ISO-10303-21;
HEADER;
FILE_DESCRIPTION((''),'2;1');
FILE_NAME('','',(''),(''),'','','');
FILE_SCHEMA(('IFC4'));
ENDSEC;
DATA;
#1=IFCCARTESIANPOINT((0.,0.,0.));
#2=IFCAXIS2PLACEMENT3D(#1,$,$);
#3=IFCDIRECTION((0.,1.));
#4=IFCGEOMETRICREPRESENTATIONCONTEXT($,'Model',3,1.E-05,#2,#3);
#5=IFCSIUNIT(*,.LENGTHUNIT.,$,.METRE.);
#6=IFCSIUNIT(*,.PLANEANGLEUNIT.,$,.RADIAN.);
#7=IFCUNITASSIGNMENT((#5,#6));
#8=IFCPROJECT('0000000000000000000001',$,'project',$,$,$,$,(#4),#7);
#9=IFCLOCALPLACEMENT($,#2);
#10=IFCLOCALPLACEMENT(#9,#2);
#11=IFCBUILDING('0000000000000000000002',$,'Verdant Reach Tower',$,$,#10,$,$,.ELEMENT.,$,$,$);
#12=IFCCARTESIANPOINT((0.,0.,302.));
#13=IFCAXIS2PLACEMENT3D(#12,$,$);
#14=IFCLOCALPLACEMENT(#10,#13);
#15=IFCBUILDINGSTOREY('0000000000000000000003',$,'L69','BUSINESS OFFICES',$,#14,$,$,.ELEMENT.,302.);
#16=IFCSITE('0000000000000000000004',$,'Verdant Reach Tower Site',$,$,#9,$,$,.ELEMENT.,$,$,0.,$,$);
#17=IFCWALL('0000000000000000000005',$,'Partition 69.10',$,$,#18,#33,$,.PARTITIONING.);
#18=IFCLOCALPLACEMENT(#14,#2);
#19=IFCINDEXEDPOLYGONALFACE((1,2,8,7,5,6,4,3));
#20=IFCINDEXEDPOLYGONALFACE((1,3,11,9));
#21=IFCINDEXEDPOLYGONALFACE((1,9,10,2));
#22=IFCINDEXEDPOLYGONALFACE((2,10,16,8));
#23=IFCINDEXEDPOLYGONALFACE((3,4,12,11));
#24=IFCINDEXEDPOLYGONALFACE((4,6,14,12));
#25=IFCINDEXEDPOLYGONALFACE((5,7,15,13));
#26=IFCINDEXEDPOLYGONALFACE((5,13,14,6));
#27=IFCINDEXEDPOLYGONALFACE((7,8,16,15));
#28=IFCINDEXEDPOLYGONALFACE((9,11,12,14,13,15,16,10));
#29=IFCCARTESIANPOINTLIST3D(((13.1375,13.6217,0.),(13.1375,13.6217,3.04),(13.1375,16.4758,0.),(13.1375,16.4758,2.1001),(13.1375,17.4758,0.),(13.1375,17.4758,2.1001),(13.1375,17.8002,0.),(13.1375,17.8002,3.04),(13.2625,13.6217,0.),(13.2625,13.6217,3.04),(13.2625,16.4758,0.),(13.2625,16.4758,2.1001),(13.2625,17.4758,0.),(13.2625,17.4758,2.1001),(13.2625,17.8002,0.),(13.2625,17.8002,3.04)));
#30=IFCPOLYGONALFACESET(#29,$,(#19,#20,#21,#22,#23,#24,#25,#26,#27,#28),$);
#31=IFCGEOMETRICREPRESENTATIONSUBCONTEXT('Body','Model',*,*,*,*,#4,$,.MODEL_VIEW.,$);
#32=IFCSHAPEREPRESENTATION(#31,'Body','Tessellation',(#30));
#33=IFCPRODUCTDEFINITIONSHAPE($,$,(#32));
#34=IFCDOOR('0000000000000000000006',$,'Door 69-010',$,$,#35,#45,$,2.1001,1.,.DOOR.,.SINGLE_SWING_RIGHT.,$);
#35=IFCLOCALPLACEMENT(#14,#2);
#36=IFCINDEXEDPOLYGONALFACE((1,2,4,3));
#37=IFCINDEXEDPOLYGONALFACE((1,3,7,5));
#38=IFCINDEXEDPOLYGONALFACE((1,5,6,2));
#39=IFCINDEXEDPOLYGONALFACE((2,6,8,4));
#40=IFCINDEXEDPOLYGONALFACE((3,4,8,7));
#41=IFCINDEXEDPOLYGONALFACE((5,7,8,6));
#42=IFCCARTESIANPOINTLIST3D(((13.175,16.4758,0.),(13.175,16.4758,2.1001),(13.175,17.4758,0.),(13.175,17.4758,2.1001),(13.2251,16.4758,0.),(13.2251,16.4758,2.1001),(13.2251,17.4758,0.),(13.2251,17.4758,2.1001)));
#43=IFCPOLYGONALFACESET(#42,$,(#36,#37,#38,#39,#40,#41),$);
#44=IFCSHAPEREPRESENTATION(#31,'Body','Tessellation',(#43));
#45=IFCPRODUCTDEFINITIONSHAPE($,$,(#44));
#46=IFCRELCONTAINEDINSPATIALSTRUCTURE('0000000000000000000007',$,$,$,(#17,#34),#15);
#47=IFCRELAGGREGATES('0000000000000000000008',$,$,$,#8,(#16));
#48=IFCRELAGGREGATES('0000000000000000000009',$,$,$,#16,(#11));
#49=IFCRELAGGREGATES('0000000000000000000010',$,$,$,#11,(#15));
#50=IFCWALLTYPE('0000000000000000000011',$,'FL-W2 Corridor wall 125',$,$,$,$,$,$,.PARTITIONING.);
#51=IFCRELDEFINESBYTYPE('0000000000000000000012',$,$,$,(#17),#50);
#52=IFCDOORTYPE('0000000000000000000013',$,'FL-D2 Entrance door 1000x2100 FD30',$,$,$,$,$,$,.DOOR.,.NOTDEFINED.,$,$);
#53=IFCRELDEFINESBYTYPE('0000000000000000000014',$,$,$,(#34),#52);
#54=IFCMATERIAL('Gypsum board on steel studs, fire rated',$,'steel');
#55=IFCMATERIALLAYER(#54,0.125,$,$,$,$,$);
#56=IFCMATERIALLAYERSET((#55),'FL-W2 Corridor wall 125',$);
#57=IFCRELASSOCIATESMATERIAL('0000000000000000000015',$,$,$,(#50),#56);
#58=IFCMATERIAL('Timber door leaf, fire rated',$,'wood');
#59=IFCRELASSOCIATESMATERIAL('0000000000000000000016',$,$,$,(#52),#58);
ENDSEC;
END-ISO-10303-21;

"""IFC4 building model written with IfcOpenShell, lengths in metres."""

from ifc_helpers import new_model, si_unit, direction, frame, frame_2d, origin, place, context, subcontext, project, spatial, rectangle, extrude, material, layer, layer_set, type_object, element, fill, save


model = new_model("IFC4")

# Units and contexts
model_context = context("Model", 3, precision=1e-05, world=origin(), true_north=direction((0.0, 1.0)))
body_context = subcontext(model_context, "Body", "Model", "MODEL_VIEW")
ifc_project = project(units=[si_unit("LENGTHUNIT", "METRE"), si_unit("PLANEANGLEUNIT", "RADIAN")], contexts=[model_context])

# Site, building, storey
site_placement = place(None, origin())
site = spatial("IfcSite", under=ifc_project, at=site_placement, Name="Verdant Reach Tower Site", CompositionType="ELEMENT", RefElevation=0.0)
building_placement = place(site_placement, origin())
building = spatial("IfcBuilding", under=site, at=building_placement, Name="Verdant Reach Tower", CompositionType="ELEMENT")
storey_placement = place(building_placement, frame((0.0, 0.0, 302.0)))
storey = spatial("IfcBuildingStorey", under=building, at=storey_placement, Name="L69", Description="BUSINESS OFFICES", CompositionType="ELEMENT", Elevation=302.0)

# Wall, opening, door
ifc_material_1 = material(Name="Gypsum board on steel studs, fire rated", Category="steel")
ifc_layer_1 = layer(ifc_material_1, 0.125)
ifc_layer_set_1 = layer_set([ifc_layer_1], Name="FL-W2 Corridor wall 125")
wall_type_1 = type_object("IfcWallType", Name="FL-W2 Corridor wall 125", PredefinedType="PARTITIONING", material=ifc_layer_set_1)
wall_1_placement = place(storey_placement, frame((13.2, 13.6216, 0.0), z_axis=(0.0, 0.0, 1.0), x_axis=(0.0, 1.0, 0.0)))
wall_1 = element("IfcWall", 1, at=wall_1_placement, inside=storey, type_object=wall_type_1, Name="Partition 69.10", PredefinedType="PARTITIONING", context=body_context, shape_type="SweptSolid", body=[
    extrude(rectangle(XDim=4.1785, YDim=0.125, at=frame_2d((2.0894, 0.0))), origin(), (0.0, 0.0, 1.0), 3.04),
])
opening_1_placement = place(wall_1_placement, frame((2.8542, 0.0, 0.0)))
opening_1 = element("IfcOpeningElement", 2, at=opening_1_placement, cuts=wall_1, PredefinedType="OPENING", context=body_context, shape_type="SweptSolid", body=[
    extrude(rectangle(XDim=1.0, YDim=2.1001, at=frame_2d((0.5, 1.05))), frame((0.0, 0.0725, 0.0), z_axis=(0.0, -1.0, 0.0), x_axis=(1.0, 0.0, 0.0)), (0.0, 0.0, 1.0), 0.145),
])
ifc_material_2 = material(Name="Timber door leaf, fire rated", Category="wood")
door_type_1 = type_object("IfcDoorType", Name="FL-D2 Entrance door 1000x2100 FD30", OperationType="NOTDEFINED", PredefinedType="DOOR", material=ifc_material_2)
door_1_placement = place(opening_1_placement, origin())
door_1 = element("IfcDoor", 3, at=door_1_placement, inside=storey, type_object=door_type_1, Name="Door 69-010", OperationType="SINGLE_SWING_RIGHT", OverallHeight=2.1001, OverallWidth=1.0, PredefinedType="DOOR", context=body_context, shape_type="SweptSolid", body=[
    extrude(rectangle(XDim=1.0, YDim=2.1001, at=frame_2d((0.5, 1.05))), frame((0.0, 0.0249, 0.0), z_axis=(0.0, -1.0, 0.0), x_axis=(1.0, 0.0, 0.0)), (0.0, 0.0, 1.0), 0.05),
])
fill(opening_1, door_1)

save(model, "model.ifc")
